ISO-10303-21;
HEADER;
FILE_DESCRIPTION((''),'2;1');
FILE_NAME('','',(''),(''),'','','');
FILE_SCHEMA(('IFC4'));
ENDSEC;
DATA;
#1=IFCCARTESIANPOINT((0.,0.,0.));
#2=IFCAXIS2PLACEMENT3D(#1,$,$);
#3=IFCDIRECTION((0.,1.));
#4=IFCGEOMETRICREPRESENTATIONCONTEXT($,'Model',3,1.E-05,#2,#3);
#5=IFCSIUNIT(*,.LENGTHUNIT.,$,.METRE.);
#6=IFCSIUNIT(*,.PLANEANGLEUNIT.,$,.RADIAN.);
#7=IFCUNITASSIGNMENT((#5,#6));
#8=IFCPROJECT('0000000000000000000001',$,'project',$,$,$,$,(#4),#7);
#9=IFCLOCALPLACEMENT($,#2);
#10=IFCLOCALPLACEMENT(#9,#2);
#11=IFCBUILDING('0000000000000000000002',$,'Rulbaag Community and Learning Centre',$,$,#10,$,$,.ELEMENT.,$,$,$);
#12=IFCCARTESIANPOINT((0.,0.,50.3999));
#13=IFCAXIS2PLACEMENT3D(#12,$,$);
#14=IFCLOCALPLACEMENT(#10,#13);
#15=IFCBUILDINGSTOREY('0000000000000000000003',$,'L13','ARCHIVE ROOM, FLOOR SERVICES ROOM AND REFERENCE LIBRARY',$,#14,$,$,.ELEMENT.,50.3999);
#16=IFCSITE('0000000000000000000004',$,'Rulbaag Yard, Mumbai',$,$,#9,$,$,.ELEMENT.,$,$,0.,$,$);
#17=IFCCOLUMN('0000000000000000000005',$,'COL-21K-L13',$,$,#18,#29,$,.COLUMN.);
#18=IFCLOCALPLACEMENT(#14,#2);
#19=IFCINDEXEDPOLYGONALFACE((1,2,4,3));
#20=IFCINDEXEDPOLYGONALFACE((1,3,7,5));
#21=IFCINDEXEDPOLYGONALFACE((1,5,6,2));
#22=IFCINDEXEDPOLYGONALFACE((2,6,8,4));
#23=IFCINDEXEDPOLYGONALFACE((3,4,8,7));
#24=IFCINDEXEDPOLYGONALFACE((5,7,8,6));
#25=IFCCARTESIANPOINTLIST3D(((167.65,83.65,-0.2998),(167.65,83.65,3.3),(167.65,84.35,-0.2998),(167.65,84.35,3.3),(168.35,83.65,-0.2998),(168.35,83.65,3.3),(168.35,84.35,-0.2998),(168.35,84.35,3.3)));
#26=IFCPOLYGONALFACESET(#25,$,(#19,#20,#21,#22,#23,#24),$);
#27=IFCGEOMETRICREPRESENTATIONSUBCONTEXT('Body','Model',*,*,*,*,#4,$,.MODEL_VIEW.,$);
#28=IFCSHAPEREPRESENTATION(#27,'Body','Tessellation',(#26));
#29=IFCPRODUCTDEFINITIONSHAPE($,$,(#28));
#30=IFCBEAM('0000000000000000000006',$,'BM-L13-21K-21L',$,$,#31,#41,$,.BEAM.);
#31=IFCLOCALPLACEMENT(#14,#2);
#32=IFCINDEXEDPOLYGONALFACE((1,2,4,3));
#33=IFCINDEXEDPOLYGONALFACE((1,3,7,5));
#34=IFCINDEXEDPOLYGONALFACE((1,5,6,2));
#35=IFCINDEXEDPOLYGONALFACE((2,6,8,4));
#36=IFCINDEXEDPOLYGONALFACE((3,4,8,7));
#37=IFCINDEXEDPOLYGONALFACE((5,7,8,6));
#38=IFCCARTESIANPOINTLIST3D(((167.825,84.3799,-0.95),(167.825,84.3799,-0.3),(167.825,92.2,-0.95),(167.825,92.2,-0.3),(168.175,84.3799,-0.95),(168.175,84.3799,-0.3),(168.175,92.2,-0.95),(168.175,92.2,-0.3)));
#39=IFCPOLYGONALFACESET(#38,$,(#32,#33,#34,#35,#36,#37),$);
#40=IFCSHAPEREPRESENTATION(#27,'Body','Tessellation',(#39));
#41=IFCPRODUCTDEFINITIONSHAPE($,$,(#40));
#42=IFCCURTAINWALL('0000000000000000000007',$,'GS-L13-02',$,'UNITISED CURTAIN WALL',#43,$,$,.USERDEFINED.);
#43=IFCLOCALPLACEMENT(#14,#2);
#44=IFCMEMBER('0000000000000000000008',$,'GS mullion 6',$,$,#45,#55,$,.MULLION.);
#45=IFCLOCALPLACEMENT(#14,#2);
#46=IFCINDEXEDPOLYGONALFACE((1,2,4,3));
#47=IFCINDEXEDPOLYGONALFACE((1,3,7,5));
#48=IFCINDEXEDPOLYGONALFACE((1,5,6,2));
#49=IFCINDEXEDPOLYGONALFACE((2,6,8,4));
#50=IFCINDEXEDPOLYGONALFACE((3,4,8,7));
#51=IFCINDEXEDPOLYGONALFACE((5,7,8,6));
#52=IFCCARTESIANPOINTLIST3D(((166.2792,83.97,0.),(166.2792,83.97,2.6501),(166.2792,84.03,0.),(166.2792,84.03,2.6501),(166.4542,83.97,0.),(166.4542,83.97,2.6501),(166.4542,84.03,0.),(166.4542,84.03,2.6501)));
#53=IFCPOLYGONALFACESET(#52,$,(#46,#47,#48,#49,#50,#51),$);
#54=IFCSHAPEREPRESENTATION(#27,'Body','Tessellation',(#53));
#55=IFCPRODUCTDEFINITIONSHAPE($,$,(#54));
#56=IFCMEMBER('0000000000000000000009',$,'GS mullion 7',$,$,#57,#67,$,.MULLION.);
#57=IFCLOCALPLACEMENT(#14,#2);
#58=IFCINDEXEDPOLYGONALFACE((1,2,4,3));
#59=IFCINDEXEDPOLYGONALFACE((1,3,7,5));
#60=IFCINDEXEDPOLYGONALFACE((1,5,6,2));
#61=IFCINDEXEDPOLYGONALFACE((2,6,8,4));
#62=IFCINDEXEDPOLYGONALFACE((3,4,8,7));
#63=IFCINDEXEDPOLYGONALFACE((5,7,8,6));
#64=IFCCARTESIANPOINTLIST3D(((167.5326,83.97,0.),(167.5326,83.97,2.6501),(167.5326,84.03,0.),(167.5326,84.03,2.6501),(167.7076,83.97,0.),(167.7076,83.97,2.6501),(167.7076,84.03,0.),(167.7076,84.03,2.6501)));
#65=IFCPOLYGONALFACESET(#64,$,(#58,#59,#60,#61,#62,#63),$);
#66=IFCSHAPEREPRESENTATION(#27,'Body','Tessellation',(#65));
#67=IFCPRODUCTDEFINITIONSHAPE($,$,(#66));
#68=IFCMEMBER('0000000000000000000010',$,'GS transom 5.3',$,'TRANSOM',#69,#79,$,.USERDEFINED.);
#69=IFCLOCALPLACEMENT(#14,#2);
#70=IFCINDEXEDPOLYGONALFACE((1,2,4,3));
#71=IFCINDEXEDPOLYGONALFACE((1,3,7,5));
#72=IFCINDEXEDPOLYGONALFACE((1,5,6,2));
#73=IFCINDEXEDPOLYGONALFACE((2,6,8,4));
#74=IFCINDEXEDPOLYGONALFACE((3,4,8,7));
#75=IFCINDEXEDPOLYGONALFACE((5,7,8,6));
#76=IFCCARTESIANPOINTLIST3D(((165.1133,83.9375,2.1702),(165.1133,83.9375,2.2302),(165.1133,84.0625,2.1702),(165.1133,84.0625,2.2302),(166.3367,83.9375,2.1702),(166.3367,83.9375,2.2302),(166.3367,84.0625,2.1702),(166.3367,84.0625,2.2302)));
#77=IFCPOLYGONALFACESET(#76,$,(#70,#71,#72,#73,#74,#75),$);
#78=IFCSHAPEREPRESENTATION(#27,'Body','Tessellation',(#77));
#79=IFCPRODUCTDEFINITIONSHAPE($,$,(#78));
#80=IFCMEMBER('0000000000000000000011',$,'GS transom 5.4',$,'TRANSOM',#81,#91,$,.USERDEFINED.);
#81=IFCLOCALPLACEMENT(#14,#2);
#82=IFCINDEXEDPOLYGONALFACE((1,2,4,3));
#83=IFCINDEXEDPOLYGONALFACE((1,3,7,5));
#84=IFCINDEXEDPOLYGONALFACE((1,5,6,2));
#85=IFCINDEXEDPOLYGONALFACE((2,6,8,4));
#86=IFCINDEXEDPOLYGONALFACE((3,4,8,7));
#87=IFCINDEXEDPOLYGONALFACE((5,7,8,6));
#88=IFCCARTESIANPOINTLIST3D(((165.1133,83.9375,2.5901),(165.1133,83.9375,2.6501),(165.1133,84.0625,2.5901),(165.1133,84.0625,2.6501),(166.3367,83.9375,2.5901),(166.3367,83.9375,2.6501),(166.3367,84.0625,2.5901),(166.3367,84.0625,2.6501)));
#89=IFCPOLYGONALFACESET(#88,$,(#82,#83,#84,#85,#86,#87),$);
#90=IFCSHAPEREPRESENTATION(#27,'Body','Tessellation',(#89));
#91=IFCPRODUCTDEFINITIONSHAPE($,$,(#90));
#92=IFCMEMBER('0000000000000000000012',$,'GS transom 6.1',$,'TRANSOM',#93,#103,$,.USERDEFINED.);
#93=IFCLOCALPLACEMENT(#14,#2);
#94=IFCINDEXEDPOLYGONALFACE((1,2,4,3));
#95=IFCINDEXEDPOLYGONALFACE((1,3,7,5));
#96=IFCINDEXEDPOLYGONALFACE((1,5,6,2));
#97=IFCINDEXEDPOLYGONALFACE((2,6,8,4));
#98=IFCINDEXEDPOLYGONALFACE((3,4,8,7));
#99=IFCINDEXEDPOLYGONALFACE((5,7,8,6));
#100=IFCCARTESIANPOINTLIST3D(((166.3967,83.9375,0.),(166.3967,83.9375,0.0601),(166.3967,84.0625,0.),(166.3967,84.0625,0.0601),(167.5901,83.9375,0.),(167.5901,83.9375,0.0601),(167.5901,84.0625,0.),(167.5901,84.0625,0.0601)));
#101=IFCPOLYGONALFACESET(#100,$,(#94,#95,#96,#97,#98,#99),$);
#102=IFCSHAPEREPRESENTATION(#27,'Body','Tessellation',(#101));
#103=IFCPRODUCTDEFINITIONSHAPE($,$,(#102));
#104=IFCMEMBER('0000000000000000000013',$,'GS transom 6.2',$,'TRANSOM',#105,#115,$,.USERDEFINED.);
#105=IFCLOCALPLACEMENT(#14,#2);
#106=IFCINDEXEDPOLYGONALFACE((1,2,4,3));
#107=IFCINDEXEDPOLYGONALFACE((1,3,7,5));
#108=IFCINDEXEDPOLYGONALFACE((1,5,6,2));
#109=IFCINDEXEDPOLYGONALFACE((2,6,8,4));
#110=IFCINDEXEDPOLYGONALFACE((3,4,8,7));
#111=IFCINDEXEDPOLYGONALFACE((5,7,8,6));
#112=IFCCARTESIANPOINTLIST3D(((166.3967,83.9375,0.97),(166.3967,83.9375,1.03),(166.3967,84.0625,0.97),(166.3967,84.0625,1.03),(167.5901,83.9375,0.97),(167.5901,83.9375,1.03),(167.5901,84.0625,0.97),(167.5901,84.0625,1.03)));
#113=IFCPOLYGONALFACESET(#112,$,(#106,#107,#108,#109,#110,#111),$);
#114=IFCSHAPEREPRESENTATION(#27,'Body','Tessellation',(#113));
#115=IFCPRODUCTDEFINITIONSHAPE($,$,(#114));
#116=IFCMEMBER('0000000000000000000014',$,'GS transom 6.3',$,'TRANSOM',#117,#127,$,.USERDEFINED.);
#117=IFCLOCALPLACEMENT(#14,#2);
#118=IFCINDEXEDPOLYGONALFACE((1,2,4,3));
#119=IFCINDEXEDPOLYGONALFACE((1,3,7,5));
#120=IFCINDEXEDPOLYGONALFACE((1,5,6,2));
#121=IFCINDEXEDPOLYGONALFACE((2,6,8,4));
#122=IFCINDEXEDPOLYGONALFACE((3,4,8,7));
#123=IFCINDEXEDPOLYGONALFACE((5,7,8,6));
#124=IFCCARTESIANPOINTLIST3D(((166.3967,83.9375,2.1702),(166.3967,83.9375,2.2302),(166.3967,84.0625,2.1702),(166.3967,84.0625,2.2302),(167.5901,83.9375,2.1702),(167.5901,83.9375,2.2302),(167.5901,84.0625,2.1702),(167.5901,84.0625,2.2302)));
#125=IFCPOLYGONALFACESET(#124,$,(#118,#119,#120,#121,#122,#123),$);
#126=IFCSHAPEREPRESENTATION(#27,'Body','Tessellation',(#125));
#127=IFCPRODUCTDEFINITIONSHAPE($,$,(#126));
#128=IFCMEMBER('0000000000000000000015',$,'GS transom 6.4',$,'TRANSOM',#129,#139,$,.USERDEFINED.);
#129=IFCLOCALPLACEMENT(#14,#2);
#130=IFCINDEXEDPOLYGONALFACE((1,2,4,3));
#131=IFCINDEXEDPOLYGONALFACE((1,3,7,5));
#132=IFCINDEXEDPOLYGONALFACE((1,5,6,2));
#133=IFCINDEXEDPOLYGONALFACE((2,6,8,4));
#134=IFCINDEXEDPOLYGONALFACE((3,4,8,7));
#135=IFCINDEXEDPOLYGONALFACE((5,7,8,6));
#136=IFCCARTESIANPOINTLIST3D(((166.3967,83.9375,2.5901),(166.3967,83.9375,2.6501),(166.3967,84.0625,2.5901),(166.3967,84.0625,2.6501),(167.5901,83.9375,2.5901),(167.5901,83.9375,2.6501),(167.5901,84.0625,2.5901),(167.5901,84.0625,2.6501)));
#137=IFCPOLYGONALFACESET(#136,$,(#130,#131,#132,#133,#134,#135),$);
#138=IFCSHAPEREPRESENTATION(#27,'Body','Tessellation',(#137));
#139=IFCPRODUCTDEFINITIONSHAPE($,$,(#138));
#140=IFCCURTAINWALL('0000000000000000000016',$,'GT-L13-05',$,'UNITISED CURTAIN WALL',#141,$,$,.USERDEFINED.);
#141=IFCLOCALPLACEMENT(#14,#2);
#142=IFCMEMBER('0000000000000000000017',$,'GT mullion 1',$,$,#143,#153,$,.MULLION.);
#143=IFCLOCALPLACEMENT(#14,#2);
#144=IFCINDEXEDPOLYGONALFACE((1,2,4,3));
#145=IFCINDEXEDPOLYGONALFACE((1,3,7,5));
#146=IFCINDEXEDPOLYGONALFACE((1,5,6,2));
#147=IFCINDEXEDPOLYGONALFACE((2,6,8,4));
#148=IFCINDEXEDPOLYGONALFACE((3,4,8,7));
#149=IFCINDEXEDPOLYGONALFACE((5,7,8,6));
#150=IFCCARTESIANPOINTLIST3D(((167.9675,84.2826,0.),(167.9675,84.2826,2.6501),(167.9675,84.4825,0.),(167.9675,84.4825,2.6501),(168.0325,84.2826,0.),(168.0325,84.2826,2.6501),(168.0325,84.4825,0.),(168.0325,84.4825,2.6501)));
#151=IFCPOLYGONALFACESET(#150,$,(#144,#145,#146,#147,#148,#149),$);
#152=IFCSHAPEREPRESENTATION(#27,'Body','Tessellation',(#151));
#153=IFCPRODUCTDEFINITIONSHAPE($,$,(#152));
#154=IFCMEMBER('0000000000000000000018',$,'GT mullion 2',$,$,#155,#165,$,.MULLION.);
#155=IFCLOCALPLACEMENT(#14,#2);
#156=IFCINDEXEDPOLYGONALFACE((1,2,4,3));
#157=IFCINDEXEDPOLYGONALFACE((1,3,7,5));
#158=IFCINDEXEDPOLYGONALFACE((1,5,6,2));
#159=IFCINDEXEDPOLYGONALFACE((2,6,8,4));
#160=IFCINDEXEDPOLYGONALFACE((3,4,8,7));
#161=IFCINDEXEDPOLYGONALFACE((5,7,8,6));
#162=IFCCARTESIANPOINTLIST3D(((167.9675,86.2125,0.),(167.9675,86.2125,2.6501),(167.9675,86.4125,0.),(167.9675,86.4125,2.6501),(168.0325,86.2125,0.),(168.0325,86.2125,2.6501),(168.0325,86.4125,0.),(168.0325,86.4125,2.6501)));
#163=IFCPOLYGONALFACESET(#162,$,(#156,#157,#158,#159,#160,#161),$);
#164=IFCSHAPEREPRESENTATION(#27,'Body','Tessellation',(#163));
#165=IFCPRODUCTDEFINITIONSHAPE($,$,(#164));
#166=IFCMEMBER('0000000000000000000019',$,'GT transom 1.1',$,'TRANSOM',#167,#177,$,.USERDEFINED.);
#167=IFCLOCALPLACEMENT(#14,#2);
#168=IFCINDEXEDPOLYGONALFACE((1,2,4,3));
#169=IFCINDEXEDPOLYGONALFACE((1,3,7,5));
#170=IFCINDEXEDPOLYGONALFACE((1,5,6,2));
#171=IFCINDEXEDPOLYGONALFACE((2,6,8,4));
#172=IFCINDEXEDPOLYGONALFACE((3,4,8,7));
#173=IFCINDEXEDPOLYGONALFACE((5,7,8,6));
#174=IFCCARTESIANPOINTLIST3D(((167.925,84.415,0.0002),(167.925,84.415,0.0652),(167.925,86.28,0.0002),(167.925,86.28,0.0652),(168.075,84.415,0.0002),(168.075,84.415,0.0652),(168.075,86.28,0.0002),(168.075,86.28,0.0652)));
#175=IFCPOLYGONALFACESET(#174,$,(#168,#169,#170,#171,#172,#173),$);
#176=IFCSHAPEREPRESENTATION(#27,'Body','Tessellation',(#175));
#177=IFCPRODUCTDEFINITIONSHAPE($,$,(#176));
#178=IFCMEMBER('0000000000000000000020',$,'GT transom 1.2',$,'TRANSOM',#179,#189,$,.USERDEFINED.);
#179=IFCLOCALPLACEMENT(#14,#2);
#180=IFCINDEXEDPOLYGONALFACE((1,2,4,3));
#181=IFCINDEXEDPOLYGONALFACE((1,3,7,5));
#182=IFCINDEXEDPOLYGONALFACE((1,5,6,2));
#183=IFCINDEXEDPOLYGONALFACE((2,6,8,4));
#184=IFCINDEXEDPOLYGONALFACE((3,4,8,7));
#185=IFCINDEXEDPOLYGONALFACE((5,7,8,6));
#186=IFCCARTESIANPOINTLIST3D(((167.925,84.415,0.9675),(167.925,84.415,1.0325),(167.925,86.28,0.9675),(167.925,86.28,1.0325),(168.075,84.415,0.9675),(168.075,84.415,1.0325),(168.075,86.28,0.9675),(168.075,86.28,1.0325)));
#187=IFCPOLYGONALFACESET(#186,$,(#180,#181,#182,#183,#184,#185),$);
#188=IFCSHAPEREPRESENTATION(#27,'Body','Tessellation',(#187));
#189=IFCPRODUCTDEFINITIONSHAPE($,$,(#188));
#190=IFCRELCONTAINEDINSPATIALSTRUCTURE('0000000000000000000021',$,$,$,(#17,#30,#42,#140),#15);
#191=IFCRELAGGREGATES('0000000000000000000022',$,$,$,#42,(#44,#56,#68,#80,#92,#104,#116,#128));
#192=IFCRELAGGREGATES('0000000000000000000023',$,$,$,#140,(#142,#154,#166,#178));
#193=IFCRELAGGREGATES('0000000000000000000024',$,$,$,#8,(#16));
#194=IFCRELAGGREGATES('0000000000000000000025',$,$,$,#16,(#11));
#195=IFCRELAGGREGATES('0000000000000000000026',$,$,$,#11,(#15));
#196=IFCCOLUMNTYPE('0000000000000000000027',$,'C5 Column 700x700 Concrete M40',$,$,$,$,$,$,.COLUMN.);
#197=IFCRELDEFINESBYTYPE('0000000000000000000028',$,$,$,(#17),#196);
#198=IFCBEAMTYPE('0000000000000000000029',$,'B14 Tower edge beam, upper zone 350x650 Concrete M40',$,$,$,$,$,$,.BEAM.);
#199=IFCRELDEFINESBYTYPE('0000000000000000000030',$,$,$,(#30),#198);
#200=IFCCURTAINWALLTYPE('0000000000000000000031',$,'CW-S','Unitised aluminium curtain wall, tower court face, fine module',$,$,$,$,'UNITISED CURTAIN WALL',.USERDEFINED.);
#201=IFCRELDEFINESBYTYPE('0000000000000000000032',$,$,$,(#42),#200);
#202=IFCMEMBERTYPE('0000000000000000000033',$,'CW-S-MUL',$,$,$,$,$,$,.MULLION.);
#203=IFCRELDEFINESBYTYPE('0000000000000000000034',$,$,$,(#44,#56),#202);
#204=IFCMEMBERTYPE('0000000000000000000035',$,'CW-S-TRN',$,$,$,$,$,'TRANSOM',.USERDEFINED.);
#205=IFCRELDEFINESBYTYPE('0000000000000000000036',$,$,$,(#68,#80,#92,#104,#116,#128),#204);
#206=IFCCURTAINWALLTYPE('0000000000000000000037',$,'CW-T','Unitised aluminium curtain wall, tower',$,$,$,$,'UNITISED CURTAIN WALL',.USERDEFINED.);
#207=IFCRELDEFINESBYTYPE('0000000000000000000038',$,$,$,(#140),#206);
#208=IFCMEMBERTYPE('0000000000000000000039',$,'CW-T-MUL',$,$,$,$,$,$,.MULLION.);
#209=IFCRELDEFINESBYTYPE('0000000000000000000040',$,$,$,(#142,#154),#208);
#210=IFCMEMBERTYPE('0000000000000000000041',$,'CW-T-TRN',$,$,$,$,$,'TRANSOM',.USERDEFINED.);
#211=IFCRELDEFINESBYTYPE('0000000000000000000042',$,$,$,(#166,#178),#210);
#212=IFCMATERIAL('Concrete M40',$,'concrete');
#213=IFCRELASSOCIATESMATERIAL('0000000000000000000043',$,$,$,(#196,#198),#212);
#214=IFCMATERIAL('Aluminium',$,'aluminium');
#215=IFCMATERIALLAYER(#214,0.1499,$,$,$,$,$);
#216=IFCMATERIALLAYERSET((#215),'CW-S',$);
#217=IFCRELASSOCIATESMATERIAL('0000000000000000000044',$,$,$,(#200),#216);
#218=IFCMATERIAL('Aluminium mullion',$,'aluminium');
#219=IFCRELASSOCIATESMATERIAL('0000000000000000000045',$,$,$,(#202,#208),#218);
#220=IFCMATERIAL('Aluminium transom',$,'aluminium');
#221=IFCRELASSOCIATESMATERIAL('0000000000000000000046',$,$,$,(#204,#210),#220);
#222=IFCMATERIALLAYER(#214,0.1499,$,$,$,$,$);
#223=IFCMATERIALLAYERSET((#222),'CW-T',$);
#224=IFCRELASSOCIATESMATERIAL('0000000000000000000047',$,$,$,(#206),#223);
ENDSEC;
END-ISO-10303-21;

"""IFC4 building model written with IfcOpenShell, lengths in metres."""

from ifc_helpers import new_model, si_unit, direction, frame, origin, origin_2d, place, context, subcontext, project, spatial, rectangle, extrude, material, layer, layer_set, material_profile, profile_set, type_object, element, aggregate, save


model = new_model("IFC4")

# Units and contexts
model_context = context("Model", 3, precision=1e-05, world=origin(), true_north=direction((0.0, 1.0)))
body_context = subcontext(model_context, "Body", "Model", "MODEL_VIEW")
ifc_project = project(units=[si_unit("LENGTHUNIT", "METRE"), si_unit("PLANEANGLEUNIT", "RADIAN")], contexts=[model_context])

# Site, building, storey
site_placement = place(None, origin())
site = spatial("IfcSite", under=ifc_project, at=site_placement, Name="Rulbaag Yard, Mumbai", CompositionType="ELEMENT", RefElevation=0.0)
building_placement = place(site_placement, origin())
building = spatial("IfcBuilding", under=site, at=building_placement, Name="Rulbaag Community and Learning Centre", CompositionType="ELEMENT")
storey_placement = place(building_placement, frame((0.0, 0.0, 50.3999)))
storey = spatial("IfcBuildingStorey", under=building, at=storey_placement, Name="L13", Description="ARCHIVE ROOM, FLOOR SERVICES ROOM AND REFERENCE LIBRARY", CompositionType="ELEMENT", Elevation=50.3999)

# Column
ifc_material_1 = material(Name="Concrete M40", Category="concrete")
ifc_material_profile_1 = material_profile(ifc_material_1, rectangle(XDim=0.7, YDim=0.7, at=origin_2d()), Name="RC700x700")
ifc_profile_set_1 = profile_set([ifc_material_profile_1], Name="Concrete M40")
column_type = type_object("IfcColumnType", Name="C5 Column 700x700 Concrete M40", PredefinedType="COLUMN", material=ifc_profile_set_1)
column_placement = place(storey_placement, frame((168.0, 84.0, -0.2998), z_axis=(0.0, 0.0, 1.0), x_axis=(1.0, 0.0, 0.0)))
element("IfcColumn", 1, at=column_placement, inside=storey, type_object=column_type, Name="COL-21K-L13", PredefinedType="COLUMN", context=body_context, shape_type="SweptSolid", body=[
    extrude(rectangle(XDim=0.7, YDim=0.7, at=origin_2d()), origin(), (0.0, 0.0, 1.0), 3.5999),
])

# Beam
ifc_material_profile_2 = material_profile(ifc_material_1, rectangle(XDim=0.3501, YDim=0.6499, at=origin_2d()), Name="RB350x650")
ifc_profile_set_2 = profile_set([ifc_material_profile_2], Name="Concrete M40")
beam_type = type_object("IfcBeamType", Name="B14 Tower edge beam, upper zone 350x650 Concrete M40", PredefinedType="BEAM", material=ifc_profile_set_2)
beam_placement = place(storey_placement, frame((168.0, 84.3799, -0.625), z_axis=(0.0, 1.0, 0.0), x_axis=(-1.0, 0.0, 0.0)))
element("IfcBeam", 2, at=beam_placement, inside=storey, type_object=beam_type, Name="BM-L13-21K-21L", PredefinedType="BEAM", context=body_context, shape_type="SweptSolid", body=[
    extrude(rectangle(XDim=0.3501, YDim=0.6499, at=origin_2d()), origin(), (0.0, 0.0, 1.0), 7.8201),
])

# Curtain walls, members
ifc_material_2 = material(Name="Aluminium", Category="aluminium")
ifc_layer_1 = layer(ifc_material_2, 0.1499)
ifc_layer_set_1 = layer_set([ifc_layer_1], Name="CW-S")
curtain_wall_type_1 = type_object("IfcCurtainWallType", Name="CW-S", Description="Unitised aluminium curtain wall, tower court face, fine module", ElementType="UNITISED CURTAIN WALL", PredefinedType="USERDEFINED", material=ifc_layer_set_1)
curtain_wall_1_placement = place(storey_placement, origin())
curtain_wall_1 = element("IfcCurtainWall", 3, at=curtain_wall_1_placement, inside=storey, type_object=curtain_wall_type_1, Name="GS-L13-02", ObjectType="UNITISED CURTAIN WALL", PredefinedType="USERDEFINED")
ifc_material_3 = material(Name="Aluminium mullion", Category="aluminium")
ifc_material_profile_3 = material_profile(ifc_material_3, rectangle(XDim=0.0601, YDim=0.175, at=origin_2d()), Name="AL 60x175")
ifc_profile_set_3 = profile_set([ifc_material_profile_3], Name="Aluminium mullion")
member_type_1 = type_object("IfcMemberType", Name="CW-S-MUL", PredefinedType="MULLION", material=ifc_profile_set_3)
member_1_placement = place(storey_placement, frame((166.3667, 84.0, 0.0), z_axis=(0.0, 0.0, 1.0), x_axis=(0.0, 1.0, 0.0)))
member_1 = element("IfcMember", 4, at=member_1_placement, type_object=member_type_1, Name="GS mullion 6", PredefinedType="MULLION", context=body_context, shape_type="SweptSolid", body=[
    extrude(rectangle(XDim=0.0601, YDim=0.175, at=origin_2d()), origin(), (0.0, 0.0, 1.0), 2.6501),
])
member_2_placement = place(storey_placement, frame((167.6201, 84.0, 0.0), z_axis=(0.0, 0.0, 1.0), x_axis=(0.0, 1.0, 0.0)))
member_2 = element("IfcMember", 5, at=member_2_placement, type_object=member_type_1, Name="GS mullion 7", PredefinedType="MULLION", context=body_context, shape_type="SweptSolid", body=[
    extrude(rectangle(XDim=0.0601, YDim=0.175, at=origin_2d()), origin(), (0.0, 0.0, 1.0), 2.6501),
])
ifc_material_4 = material(Name="Aluminium transom", Category="aluminium")
ifc_material_profile_4 = material_profile(ifc_material_4, rectangle(XDim=0.125, YDim=0.0601, at=origin_2d()), Name="AL 60x125 T")
ifc_profile_set_4 = profile_set([ifc_material_profile_4], Name="Aluminium transom")
member_type_2 = type_object("IfcMemberType", Name="CW-S-TRN", ElementType="TRANSOM", PredefinedType="USERDEFINED", material=ifc_profile_set_4)
member_3_placement = place(storey_placement, frame((165.1133, 84.0, 2.2002), z_axis=(1.0, 0.0, 0.0), x_axis=(0.0, 1.0, 0.0)))
member_3 = element("IfcMember", 6, at=member_3_placement, type_object=member_type_2, Name="GS transom 5.3", ObjectType="TRANSOM", PredefinedType="USERDEFINED", context=body_context, shape_type="SweptSolid", body=[
    extrude(rectangle(XDim=0.125, YDim=0.0601, at=origin_2d()), origin(), (0.0, 0.0, 1.0), 1.2234),
])
member_4_placement = place(storey_placement, frame((165.1133, 84.0, 2.6201), z_axis=(1.0, 0.0, 0.0), x_axis=(0.0, 1.0, 0.0)))
member_4 = element("IfcMember", 7, at=member_4_placement, type_object=member_type_2, Name="GS transom 5.4", ObjectType="TRANSOM", PredefinedType="USERDEFINED", context=body_context, shape_type="SweptSolid", body=[
    extrude(rectangle(XDim=0.125, YDim=0.0601, at=origin_2d()), origin(), (0.0, 0.0, 1.0), 1.2234),
])
member_5_placement = place(storey_placement, frame((166.3967, 84.0, 0.03), z_axis=(1.0, 0.0, 0.0), x_axis=(0.0, 1.0, 0.0)))
member_5 = element("IfcMember", 8, at=member_5_placement, type_object=member_type_2, Name="GS transom 6.1", ObjectType="TRANSOM", PredefinedType="USERDEFINED", context=body_context, shape_type="SweptSolid", body=[
    extrude(rectangle(XDim=0.125, YDim=0.0601, at=origin_2d()), origin(), (0.0, 0.0, 1.0), 1.1934),
])
member_6_placement = place(storey_placement, frame((166.3967, 84.0, 1.0), z_axis=(1.0, 0.0, 0.0), x_axis=(0.0, 1.0, 0.0)))
member_6 = element("IfcMember", 9, at=member_6_placement, type_object=member_type_2, Name="GS transom 6.2", ObjectType="TRANSOM", PredefinedType="USERDEFINED", context=body_context, shape_type="SweptSolid", body=[
    extrude(rectangle(XDim=0.125, YDim=0.0601, at=origin_2d()), origin(), (0.0, 0.0, 1.0), 1.1934),
])
member_7_placement = place(storey_placement, frame((166.3967, 84.0, 2.2002), z_axis=(1.0, 0.0, 0.0), x_axis=(0.0, 1.0, 0.0)))
member_7 = element("IfcMember", 10, at=member_7_placement, type_object=member_type_2, Name="GS transom 6.3", ObjectType="TRANSOM", PredefinedType="USERDEFINED", context=body_context, shape_type="SweptSolid", body=[
    extrude(rectangle(XDim=0.125, YDim=0.0601, at=origin_2d()), origin(), (0.0, 0.0, 1.0), 1.1934),
])
member_8_placement = place(storey_placement, frame((166.3967, 84.0, 2.6201), z_axis=(1.0, 0.0, 0.0), x_axis=(0.0, 1.0, 0.0)))
member_8 = element("IfcMember", 11, at=member_8_placement, type_object=member_type_2, Name="GS transom 6.4", ObjectType="TRANSOM", PredefinedType="USERDEFINED", context=body_context, shape_type="SweptSolid", body=[
    extrude(rectangle(XDim=0.125, YDim=0.0601, at=origin_2d()), origin(), (0.0, 0.0, 1.0), 1.1934),
])
ifc_layer_2 = layer(ifc_material_2, 0.1499)
ifc_layer_set_2 = layer_set([ifc_layer_2], Name="CW-T")
curtain_wall_type_2 = type_object("IfcCurtainWallType", Name="CW-T", Description="Unitised aluminium curtain wall, tower", ElementType="UNITISED CURTAIN WALL", PredefinedType="USERDEFINED", material=ifc_layer_set_2)
curtain_wall_2_placement = place(storey_placement, origin())
curtain_wall_2 = element("IfcCurtainWall", 12, at=curtain_wall_2_placement, inside=storey, type_object=curtain_wall_type_2, Name="GT-L13-05", ObjectType="UNITISED CURTAIN WALL", PredefinedType="USERDEFINED")
ifc_material_profile_5 = material_profile(ifc_material_3, rectangle(XDim=0.0649, YDim=0.2, at=origin_2d()), Name="AL 65x200")
ifc_profile_set_5 = profile_set([ifc_material_profile_5], Name="Aluminium mullion")
member_type_3 = type_object("IfcMemberType", Name="CW-T-MUL", PredefinedType="MULLION", material=ifc_profile_set_5)
member_9_placement = place(storey_placement, frame((168.0, 84.3826, 0.0), z_axis=(0.0, 0.0, 1.0), x_axis=(-1.0, 0.0, 0.0)))
member_9 = element("IfcMember", 13, at=member_9_placement, type_object=member_type_3, Name="GT mullion 1", PredefinedType="MULLION", context=body_context, shape_type="SweptSolid", body=[
    extrude(rectangle(XDim=0.0649, YDim=0.2, at=origin_2d()), origin(), (0.0, 0.0, 1.0), 2.6501),
])
member_10_placement = place(storey_placement, frame((168.0, 86.3125, 0.0), z_axis=(0.0, 0.0, 1.0), x_axis=(-1.0, 0.0, 0.0)))
member_10 = element("IfcMember", 14, at=member_10_placement, type_object=member_type_3, Name="GT mullion 2", PredefinedType="MULLION", context=body_context, shape_type="SweptSolid", body=[
    extrude(rectangle(XDim=0.0649, YDim=0.2, at=origin_2d()), origin(), (0.0, 0.0, 1.0), 2.6501),
])
ifc_material_profile_6 = material_profile(ifc_material_4, rectangle(XDim=0.1499, YDim=0.0649, at=origin_2d()), Name="AL 65x150 T")
ifc_profile_set_6 = profile_set([ifc_material_profile_6], Name="Aluminium transom")
member_type_4 = type_object("IfcMemberType", Name="CW-T-TRN", ElementType="TRANSOM", PredefinedType="USERDEFINED", material=ifc_profile_set_6)
member_11_placement = place(storey_placement, frame((168.0, 84.415, 0.0327), z_axis=(0.0, 1.0, 0.0), x_axis=(-1.0, 0.0, 0.0)))
member_11 = element("IfcMember", 15, at=member_11_placement, type_object=member_type_4, Name="GT transom 1.1", ObjectType="TRANSOM", PredefinedType="USERDEFINED", context=body_context, shape_type="SweptSolid", body=[
    extrude(rectangle(XDim=0.1499, YDim=0.0649, at=origin_2d()), origin(), (0.0, 0.0, 1.0), 1.865),
])
member_12_placement = place(storey_placement, frame((168.0, 84.415, 1.0), z_axis=(0.0, 1.0, 0.0), x_axis=(-1.0, 0.0, 0.0)))
member_12 = element("IfcMember", 16, at=member_12_placement, type_object=member_type_4, Name="GT transom 1.2", ObjectType="TRANSOM", PredefinedType="USERDEFINED", context=body_context, shape_type="SweptSolid", body=[
    extrude(rectangle(XDim=0.1499, YDim=0.0649, at=origin_2d()), origin(), (0.0, 0.0, 1.0), 1.865),
])

aggregate(curtain_wall_1, [member_1, member_2, member_3, member_4, member_5, member_6, member_7, member_8])
aggregate(curtain_wall_2, [member_9, member_10, member_11, member_12])

save(model, "model.ifc")
